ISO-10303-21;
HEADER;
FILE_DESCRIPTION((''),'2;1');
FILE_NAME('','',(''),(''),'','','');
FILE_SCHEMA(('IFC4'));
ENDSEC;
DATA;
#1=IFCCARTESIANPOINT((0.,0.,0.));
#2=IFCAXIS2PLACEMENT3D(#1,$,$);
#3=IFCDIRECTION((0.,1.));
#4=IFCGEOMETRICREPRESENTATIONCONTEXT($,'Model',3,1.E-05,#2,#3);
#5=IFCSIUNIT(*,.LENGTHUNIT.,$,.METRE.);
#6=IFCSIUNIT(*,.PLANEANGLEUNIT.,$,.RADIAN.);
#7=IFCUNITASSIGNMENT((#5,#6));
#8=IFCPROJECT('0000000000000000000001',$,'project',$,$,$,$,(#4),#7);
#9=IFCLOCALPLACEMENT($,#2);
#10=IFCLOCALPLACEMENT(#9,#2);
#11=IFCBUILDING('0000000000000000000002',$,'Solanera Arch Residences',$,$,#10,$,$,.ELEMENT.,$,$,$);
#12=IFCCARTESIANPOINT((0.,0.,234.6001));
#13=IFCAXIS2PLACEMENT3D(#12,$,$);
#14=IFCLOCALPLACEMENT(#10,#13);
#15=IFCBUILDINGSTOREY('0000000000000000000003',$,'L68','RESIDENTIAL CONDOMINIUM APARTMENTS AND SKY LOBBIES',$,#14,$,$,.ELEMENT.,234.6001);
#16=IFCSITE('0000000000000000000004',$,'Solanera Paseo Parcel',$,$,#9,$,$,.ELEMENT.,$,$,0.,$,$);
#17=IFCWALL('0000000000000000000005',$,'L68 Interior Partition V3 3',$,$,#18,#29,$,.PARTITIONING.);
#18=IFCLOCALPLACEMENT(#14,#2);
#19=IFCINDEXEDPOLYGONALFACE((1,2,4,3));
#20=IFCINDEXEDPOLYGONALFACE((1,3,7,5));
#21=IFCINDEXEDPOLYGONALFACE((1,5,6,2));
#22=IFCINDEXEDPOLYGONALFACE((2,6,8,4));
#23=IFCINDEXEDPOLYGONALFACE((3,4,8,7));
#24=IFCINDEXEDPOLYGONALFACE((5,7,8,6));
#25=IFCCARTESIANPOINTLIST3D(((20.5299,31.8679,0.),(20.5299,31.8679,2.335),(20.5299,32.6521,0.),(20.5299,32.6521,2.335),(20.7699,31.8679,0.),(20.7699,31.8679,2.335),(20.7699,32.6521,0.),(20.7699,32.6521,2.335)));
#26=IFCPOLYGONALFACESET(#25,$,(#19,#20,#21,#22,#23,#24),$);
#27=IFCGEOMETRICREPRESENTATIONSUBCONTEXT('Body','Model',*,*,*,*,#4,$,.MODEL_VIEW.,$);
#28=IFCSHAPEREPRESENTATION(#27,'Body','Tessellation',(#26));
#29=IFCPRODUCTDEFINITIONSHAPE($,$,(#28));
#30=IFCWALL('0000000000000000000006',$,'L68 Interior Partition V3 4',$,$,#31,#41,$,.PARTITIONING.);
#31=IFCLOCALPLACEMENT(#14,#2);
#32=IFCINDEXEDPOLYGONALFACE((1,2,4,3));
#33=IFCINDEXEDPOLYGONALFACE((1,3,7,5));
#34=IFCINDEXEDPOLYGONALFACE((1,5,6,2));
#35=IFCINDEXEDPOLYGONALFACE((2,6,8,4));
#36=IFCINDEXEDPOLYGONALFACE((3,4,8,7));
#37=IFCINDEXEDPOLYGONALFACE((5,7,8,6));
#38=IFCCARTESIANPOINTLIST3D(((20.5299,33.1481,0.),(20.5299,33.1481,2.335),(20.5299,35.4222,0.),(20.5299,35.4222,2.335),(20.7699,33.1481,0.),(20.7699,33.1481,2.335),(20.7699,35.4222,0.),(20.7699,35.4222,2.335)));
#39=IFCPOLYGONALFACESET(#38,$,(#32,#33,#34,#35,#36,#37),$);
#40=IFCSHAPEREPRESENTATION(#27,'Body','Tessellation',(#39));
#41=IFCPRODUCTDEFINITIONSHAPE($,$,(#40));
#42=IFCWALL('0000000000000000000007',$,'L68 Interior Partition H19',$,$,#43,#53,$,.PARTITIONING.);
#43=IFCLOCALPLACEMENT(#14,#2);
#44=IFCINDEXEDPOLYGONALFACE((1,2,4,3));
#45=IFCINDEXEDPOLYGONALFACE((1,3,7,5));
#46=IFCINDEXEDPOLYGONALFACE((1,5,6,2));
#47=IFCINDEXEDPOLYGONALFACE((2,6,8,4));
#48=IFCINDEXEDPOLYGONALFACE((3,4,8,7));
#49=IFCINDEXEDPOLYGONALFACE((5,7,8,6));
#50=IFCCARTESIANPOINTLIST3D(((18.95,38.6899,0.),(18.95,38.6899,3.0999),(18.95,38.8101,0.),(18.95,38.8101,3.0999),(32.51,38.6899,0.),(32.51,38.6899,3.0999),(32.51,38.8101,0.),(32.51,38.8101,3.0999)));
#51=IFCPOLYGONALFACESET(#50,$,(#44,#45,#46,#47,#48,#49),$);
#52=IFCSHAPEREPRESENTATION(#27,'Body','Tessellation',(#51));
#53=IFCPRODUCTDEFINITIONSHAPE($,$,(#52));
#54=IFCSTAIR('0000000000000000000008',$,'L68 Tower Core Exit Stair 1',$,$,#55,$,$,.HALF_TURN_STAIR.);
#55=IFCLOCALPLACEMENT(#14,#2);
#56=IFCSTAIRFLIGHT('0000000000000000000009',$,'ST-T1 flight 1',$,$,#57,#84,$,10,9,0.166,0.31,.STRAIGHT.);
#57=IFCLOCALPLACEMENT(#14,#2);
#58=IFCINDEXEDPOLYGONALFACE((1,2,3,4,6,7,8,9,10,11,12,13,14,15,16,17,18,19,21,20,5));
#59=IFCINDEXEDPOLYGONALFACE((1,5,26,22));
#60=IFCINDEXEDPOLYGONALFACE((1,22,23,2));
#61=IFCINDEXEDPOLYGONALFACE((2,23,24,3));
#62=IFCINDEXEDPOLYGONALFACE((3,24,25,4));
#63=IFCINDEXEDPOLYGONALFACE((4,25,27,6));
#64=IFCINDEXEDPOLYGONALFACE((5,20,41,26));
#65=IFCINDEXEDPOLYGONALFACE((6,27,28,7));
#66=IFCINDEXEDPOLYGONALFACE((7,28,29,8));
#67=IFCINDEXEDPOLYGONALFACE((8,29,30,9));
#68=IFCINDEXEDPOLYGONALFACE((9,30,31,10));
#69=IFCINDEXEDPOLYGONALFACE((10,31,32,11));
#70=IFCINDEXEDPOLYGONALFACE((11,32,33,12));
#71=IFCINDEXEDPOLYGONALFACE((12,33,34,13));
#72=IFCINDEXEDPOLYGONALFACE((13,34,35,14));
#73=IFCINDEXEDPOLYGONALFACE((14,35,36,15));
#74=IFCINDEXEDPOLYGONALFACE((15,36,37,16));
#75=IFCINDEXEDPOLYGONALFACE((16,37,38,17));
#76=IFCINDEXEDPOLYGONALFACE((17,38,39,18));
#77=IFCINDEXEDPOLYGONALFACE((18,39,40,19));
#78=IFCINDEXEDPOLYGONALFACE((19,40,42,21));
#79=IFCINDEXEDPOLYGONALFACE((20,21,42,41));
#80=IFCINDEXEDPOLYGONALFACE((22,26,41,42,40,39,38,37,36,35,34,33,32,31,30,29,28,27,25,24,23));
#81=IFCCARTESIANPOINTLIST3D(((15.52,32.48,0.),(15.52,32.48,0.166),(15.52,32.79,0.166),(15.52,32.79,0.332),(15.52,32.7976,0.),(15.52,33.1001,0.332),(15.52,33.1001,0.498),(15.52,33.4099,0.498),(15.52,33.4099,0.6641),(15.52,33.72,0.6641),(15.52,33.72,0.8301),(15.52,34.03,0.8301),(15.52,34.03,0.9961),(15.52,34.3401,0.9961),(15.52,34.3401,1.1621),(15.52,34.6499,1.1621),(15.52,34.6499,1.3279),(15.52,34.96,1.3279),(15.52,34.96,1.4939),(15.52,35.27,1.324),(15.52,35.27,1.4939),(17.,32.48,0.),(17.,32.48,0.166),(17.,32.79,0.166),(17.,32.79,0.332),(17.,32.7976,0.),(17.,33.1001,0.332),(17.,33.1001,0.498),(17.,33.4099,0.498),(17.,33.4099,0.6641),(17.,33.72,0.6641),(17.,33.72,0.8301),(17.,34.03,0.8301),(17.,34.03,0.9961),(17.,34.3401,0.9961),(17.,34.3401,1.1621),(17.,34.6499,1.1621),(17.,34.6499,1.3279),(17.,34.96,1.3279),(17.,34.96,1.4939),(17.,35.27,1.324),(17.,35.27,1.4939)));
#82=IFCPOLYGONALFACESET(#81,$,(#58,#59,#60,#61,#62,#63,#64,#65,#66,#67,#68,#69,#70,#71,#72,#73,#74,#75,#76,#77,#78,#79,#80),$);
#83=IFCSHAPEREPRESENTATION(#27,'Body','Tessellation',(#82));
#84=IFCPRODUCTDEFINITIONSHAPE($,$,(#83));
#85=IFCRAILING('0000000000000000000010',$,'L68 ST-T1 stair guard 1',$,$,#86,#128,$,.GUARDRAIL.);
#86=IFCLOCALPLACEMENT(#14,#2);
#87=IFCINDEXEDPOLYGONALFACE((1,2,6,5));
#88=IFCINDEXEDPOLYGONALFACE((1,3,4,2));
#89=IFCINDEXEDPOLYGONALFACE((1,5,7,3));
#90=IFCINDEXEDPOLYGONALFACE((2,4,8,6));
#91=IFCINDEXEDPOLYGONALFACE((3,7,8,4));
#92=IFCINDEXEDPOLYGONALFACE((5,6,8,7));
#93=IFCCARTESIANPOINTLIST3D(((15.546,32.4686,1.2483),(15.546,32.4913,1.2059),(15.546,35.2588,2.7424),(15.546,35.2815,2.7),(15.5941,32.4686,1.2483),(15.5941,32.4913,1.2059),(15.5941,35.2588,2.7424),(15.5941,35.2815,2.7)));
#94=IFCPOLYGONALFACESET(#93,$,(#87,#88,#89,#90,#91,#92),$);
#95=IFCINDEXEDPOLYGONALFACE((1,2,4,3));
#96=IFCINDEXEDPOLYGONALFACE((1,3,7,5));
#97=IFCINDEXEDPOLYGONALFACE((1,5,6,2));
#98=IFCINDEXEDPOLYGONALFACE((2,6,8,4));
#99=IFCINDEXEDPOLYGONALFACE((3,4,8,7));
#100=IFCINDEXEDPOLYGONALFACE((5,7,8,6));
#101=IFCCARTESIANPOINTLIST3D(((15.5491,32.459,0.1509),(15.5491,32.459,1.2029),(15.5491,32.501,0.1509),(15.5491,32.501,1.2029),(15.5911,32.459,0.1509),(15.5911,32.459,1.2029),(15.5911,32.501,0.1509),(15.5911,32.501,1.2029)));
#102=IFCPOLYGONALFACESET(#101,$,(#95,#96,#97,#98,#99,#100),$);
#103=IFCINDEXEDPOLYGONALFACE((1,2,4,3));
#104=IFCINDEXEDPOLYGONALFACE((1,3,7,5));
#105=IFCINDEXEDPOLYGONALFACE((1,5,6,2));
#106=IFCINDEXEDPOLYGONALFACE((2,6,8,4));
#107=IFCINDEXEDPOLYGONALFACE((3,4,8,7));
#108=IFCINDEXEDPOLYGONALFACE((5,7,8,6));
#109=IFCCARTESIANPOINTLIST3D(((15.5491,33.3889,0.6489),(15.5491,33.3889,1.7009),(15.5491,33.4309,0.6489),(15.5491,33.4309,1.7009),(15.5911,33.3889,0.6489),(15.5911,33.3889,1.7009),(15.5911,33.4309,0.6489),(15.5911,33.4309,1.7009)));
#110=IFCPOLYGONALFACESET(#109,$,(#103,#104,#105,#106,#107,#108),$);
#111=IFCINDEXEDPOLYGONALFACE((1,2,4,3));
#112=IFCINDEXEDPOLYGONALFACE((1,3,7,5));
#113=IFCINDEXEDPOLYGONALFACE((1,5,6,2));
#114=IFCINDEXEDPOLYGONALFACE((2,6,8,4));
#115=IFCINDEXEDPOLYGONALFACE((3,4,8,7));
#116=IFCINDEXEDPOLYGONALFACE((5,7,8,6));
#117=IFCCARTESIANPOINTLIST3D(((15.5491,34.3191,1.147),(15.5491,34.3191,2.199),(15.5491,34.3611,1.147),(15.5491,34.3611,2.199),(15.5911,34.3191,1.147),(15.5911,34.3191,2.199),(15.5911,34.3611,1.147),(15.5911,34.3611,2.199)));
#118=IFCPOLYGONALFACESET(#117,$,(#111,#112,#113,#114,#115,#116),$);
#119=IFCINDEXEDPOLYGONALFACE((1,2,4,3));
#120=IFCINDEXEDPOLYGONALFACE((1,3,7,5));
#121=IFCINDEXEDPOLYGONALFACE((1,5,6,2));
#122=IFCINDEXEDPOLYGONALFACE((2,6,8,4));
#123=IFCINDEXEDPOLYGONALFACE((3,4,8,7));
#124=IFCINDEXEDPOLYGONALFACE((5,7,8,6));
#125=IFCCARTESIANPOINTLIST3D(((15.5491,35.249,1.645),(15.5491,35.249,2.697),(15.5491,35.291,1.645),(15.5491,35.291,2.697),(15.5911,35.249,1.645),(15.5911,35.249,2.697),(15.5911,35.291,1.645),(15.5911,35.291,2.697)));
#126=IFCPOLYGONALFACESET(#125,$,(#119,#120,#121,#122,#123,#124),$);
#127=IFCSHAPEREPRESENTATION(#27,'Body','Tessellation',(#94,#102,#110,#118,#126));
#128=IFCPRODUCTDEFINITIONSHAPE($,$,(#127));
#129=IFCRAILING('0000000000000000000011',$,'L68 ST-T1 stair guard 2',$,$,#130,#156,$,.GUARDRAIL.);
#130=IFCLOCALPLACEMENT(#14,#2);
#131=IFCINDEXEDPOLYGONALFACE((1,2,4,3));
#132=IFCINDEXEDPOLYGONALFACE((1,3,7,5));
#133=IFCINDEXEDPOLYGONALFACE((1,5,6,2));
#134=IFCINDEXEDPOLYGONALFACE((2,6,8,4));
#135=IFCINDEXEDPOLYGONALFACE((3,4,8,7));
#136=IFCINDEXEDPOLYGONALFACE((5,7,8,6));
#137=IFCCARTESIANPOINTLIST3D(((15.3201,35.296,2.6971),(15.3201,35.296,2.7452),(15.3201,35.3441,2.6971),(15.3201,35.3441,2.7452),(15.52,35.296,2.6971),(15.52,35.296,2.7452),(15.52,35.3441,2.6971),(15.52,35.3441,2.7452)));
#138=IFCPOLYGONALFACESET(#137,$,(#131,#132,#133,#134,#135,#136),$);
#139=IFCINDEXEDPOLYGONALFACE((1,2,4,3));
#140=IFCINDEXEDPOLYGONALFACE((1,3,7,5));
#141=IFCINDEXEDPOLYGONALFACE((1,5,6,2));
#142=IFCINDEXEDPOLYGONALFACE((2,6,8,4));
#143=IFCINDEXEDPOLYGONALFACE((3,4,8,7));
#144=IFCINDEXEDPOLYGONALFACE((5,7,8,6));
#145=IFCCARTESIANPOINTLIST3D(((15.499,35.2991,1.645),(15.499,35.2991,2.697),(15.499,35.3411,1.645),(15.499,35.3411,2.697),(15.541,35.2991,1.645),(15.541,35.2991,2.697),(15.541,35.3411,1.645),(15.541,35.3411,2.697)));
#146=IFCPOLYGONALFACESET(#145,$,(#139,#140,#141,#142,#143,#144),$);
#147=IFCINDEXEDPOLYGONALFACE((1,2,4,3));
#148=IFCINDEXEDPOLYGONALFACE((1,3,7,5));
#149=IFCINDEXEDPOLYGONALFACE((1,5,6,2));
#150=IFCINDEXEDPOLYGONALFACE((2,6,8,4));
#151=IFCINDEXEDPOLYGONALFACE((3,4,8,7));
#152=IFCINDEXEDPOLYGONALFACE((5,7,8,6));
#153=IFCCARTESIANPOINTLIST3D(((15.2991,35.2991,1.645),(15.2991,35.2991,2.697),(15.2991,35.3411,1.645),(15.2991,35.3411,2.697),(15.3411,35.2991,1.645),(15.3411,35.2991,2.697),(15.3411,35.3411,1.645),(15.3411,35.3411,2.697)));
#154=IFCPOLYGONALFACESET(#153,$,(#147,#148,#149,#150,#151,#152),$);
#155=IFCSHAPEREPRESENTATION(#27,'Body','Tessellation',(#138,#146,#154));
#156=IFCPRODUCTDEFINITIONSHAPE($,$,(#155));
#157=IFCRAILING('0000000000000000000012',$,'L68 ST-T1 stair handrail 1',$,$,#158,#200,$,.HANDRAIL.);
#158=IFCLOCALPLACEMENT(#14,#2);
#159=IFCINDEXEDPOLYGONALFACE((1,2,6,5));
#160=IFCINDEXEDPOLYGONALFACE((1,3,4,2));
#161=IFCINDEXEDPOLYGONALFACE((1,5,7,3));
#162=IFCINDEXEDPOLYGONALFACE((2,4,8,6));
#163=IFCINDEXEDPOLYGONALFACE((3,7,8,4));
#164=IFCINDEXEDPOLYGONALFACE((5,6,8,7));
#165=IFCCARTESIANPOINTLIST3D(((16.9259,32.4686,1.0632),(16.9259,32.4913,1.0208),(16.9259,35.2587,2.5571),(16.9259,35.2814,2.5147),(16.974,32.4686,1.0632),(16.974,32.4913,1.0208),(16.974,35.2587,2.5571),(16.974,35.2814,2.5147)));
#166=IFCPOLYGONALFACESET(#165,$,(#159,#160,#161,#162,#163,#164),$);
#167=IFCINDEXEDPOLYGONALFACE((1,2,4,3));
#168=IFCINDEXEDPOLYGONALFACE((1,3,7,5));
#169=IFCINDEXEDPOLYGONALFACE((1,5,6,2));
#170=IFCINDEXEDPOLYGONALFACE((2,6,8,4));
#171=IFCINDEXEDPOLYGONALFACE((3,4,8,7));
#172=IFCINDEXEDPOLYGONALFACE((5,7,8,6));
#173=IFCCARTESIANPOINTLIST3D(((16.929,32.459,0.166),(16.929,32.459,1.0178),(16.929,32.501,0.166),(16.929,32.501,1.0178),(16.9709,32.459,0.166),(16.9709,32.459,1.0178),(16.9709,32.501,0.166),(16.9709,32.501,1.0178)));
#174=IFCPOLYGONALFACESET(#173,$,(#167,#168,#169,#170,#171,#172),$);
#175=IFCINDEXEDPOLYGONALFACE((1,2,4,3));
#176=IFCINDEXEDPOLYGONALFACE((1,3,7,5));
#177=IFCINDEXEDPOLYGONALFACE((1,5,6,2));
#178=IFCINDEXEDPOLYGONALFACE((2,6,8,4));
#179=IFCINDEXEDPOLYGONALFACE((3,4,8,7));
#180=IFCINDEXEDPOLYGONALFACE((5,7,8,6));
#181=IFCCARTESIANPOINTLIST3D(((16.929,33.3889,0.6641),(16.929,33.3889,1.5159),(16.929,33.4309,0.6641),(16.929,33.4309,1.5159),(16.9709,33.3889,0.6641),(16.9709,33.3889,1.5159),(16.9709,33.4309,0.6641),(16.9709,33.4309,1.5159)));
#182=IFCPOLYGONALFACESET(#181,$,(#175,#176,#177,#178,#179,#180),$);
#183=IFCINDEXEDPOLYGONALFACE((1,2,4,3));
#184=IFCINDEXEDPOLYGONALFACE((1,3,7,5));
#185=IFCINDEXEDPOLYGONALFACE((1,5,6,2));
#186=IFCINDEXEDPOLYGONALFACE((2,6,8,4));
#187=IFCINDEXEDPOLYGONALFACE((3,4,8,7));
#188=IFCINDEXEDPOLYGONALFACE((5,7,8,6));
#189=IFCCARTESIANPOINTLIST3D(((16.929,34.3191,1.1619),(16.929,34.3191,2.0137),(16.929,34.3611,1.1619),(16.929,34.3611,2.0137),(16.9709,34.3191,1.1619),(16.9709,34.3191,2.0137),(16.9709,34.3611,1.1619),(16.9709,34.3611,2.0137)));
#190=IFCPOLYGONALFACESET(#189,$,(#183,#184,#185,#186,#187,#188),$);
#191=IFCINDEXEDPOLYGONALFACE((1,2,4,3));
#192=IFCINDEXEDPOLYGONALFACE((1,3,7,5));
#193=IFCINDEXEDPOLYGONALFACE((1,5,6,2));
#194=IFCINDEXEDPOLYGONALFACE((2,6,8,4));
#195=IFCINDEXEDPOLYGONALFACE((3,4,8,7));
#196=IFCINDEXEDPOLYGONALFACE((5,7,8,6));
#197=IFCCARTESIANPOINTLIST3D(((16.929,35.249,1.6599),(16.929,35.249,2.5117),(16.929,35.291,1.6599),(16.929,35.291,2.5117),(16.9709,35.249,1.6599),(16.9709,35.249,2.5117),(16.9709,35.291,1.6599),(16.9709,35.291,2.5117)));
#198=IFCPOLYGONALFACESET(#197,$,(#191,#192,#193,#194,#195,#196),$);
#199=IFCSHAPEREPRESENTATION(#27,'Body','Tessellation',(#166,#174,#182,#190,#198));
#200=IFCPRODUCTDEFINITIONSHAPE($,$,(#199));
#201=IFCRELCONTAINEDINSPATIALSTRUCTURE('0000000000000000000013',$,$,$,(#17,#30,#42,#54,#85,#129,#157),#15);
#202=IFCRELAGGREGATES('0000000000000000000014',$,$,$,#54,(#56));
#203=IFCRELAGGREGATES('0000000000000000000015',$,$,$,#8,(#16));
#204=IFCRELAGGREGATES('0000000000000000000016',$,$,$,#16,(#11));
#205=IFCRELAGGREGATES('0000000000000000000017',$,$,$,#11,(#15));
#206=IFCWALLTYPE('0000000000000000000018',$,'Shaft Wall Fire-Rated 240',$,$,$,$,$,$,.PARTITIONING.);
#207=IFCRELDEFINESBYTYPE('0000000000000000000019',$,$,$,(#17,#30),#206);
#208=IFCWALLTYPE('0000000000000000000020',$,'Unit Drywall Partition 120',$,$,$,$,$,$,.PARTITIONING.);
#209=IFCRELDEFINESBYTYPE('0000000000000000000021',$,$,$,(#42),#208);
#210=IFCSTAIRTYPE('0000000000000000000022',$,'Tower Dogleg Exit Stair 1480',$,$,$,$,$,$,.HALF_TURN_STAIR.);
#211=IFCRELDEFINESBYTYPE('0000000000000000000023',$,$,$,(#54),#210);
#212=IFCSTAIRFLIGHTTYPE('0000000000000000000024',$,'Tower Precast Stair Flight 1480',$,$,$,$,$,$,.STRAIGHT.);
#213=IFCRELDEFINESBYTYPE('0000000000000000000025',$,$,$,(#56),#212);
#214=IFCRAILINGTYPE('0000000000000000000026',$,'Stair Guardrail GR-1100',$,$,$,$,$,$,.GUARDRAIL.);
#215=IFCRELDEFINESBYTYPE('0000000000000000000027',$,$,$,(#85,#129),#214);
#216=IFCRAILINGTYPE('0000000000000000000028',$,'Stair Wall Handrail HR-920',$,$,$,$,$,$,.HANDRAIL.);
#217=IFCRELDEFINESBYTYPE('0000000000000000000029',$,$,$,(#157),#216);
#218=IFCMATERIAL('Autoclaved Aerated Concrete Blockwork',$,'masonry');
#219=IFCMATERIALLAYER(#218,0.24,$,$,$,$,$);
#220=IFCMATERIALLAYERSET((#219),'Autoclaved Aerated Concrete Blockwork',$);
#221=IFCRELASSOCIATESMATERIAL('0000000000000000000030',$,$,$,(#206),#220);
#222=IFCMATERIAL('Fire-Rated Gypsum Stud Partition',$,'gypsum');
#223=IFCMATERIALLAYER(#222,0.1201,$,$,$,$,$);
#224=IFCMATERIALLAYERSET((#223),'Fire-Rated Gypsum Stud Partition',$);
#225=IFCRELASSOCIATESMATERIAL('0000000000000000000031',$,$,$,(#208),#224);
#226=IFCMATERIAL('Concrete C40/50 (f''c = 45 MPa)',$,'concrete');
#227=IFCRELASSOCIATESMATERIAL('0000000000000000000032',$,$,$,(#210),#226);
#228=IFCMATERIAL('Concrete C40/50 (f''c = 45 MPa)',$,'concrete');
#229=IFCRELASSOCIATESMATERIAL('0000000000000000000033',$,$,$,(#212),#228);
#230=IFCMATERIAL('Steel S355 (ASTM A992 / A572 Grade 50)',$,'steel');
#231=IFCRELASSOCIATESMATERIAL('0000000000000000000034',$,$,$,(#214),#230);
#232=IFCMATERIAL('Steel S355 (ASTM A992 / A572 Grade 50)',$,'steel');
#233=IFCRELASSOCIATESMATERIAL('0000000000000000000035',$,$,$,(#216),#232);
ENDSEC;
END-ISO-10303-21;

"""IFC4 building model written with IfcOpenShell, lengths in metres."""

from ifc_helpers import new_model, si_unit, direction, frame, frame_2d, origin, origin_2d, place, context, subcontext, project, spatial, polyline, rectangle, outline, extrude, material, layer, layer_set, type_object, element, aggregate, save


model = new_model("IFC4")

# Units and contexts
model_context = context("Model", 3, precision=1e-05, world=origin(), true_north=direction((0.0, 1.0)))
body_context = subcontext(model_context, "Body", "Model", "MODEL_VIEW")
ifc_project = project(units=[si_unit("LENGTHUNIT", "METRE"), si_unit("PLANEANGLEUNIT", "RADIAN")], contexts=[model_context])

# Site, building, storey
site_placement = place(None, origin())
site = spatial("IfcSite", under=ifc_project, at=site_placement, Name="Solanera Paseo Parcel", CompositionType="ELEMENT", RefElevation=0.0)
building_placement = place(site_placement, origin())
building = spatial("IfcBuilding", under=site, at=building_placement, Name="Solanera Arch Residences", CompositionType="ELEMENT")
storey_placement = place(building_placement, frame((0.0, 0.0, 234.6001)))
storey = spatial("IfcBuildingStorey", under=building, at=storey_placement, Name="L68", Description="RESIDENTIAL CONDOMINIUM APARTMENTS AND SKY LOBBIES", CompositionType="ELEMENT", Elevation=234.6001)

# Shared definitions
ifc_material_1 = material(Name="Autoclaved Aerated Concrete Blockwork", Category="masonry")
ifc_layer_1 = layer(ifc_material_1, 0.24)
ifc_layer_set_1 = layer_set([ifc_layer_1], Name="Autoclaved Aerated Concrete Blockwork")
wall_type_1 = type_object("IfcWallType", Name="Shaft Wall Fire-Rated 240", PredefinedType="PARTITIONING", material=ifc_layer_set_1)

# Walls
wall_1_placement = place(storey_placement, frame((20.6499, 31.8679, 0.0), z_axis=(0.0, 0.0, 1.0), x_axis=(0.0, 1.0, 0.0)))
element("IfcWall", 1, at=wall_1_placement, inside=storey, type_object=wall_type_1, Name="L68 Interior Partition V3 3", PredefinedType="PARTITIONING", context=body_context, shape_type="SweptSolid", body=[
    extrude(rectangle(XDim=0.7842, YDim=0.24, at=frame_2d((0.3921, 0.0))), origin(), (0.0, 0.0, 1.0), 2.335),
])
wall_2_placement = place(storey_placement, frame((20.6499, 33.1479, 0.0), z_axis=(0.0, 0.0, 1.0), x_axis=(0.0, 1.0, 0.0)))
element("IfcWall", 2, at=wall_2_placement, inside=storey, type_object=wall_type_1, Name="L68 Interior Partition V3 4", PredefinedType="PARTITIONING", context=body_context, shape_type="SweptSolid", body=[
    extrude(rectangle(XDim=2.2742, YDim=0.24, at=frame_2d((1.1372, 0.0))), origin(), (0.0, 0.0, 1.0), 2.335),
])
ifc_material_2 = material(Name="Fire-Rated Gypsum Stud Partition", Category="gypsum")
ifc_layer_2 = layer(ifc_material_2, 0.1201)
ifc_layer_set_2 = layer_set([ifc_layer_2], Name="Fire-Rated Gypsum Stud Partition")
wall_type_2 = type_object("IfcWallType", Name="Unit Drywall Partition 120", PredefinedType="PARTITIONING", material=ifc_layer_set_2)
wall_3_placement = place(storey_placement, frame((18.95, 38.75, 0.0), z_axis=(0.0, 0.0, 1.0), x_axis=(1.0, 0.0, 0.0)))
element("IfcWall", 3, at=wall_3_placement, inside=storey, type_object=wall_type_2, Name="L68 Interior Partition H19", PredefinedType="PARTITIONING", context=body_context, shape_type="SweptSolid", body=[
    extrude(rectangle(XDim=13.5601, YDim=0.1201, at=frame_2d((6.78, 0.0))), origin(), (0.0, 0.0, 1.0), 3.0999),
])

# Stair, stair flight
ifc_material_3 = material(Name="Concrete C40/50 (f'c = 45 MPa)", Category="concrete")
stair_type = type_object("IfcStairType", Name="Tower Dogleg Exit Stair 1480", PredefinedType="HALF_TURN_STAIR", material=ifc_material_3)
stair_placement = place(storey_placement, origin())
stair = element("IfcStair", 4, at=stair_placement, inside=storey, type_object=stair_type, Name="L68 Tower Core Exit Stair 1", PredefinedType="HALF_TURN_STAIR")
ifc_material_4 = material(Name="Concrete C40/50 (f'c = 45 MPa)", Category="concrete")
stair_flight_type = type_object("IfcStairFlightType", Name="Tower Precast Stair Flight 1480", PredefinedType="STRAIGHT", material=ifc_material_4)
stair_flight_placement = place(storey_placement, frame((16.26, 32.48, 0.0), z_axis=(0.0, 0.0, 1.0), x_axis=(0.0, 1.0, 0.0)))
stair_flight = element("IfcStairFlight", 5, at=stair_flight_placement, type_object=stair_flight_type, Name="ST-T1 flight 1", NumberOfRisers=10, NumberOfTreads=9, PredefinedType="STRAIGHT", RiserHeight=0.166, TreadLength=0.31, context=body_context, shape_type="SweptSolid", body=[
    extrude(outline(polyline([(0.0, 0.0), (0.0, 0.166), (0.3101, 0.166), (0.3101, 0.332), (0.6201, 0.332), (0.6201, 0.498), (0.9299, 0.498), (0.9299, 0.6641), (1.24, 0.6641), (1.24, 0.8301), (1.55, 0.8301), (1.55, 0.9961), (1.8601, 0.9961), (1.8601, 1.1621), (2.1699, 1.1621), (2.1699, 1.3279), (2.48, 1.3279), (2.48, 1.4939), (2.79, 1.4939), (2.79, 1.6599), (2.79, 1.324), (0.3176, 0.0), (0.0, 0.0)])), frame((0.0, 0.74, 0.0), z_axis=(0.0, -1.0, 0.0), x_axis=(1.0, 0.0, 0.0)), (0.0, 0.0, 1.0), 1.48),
])
aggregate(stair, [stair_flight])

# Railings
ifc_material_5 = material(Name="Steel S355 (ASTM A992 / A572 Grade 50)", Category="steel")
railing_type_1 = type_object("IfcRailingType", Name="Stair Guardrail GR-1100", PredefinedType="GUARDRAIL", material=ifc_material_5)
railing_1_placement = place(storey_placement, frame((15.5701, 32.48, 0.1509)))
element("IfcRailing", 6, at=railing_1_placement, inside=storey, type_object=railing_type_1, Name="L68 ST-T1 stair guard 1", PredefinedType="GUARDRAIL", context=body_context, shape_type="SweptSolid", body=[
    extrude(rectangle(XDim=0.0481, YDim=0.0481, at=origin_2d()), frame((0.0, 0.0, 1.0762), z_axis=(0.0, 0.881549, 0.472093), x_axis=(-1.0, 0.0, 0.0)), (0.0, 0.0, 1.0), 3.165),
    extrude(rectangle(XDim=0.042, YDim=0.042, at=origin_2d()), origin(), (0.0, 0.0, 1.0), 1.052),
    extrude(rectangle(XDim=0.042, YDim=0.042, at=origin_2d()), frame((0.0, 0.9299, 0.498)), (0.0, 0.0, 1.0), 1.052),
    extrude(rectangle(XDim=0.042, YDim=0.042, at=origin_2d()), frame((0.0, 1.8601, 0.9961)), (0.0, 0.0, 1.0), 1.052),
    extrude(rectangle(XDim=0.042, YDim=0.042, at=origin_2d()), frame((0.0, 2.79, 1.4941)), (0.0, 0.0, 1.0), 1.052),
])
railing_2_placement = place(storey_placement, frame((15.52, 35.3201, 1.645)))
element("IfcRailing", 7, at=railing_2_placement, inside=storey, type_object=railing_type_1, Name="L68 ST-T1 stair guard 2", PredefinedType="GUARDRAIL", context=body_context, shape_type="SweptSolid", body=[
    extrude(rectangle(XDim=0.0481, YDim=0.0481, at=origin_2d()), frame((0.0, 0.0, 1.0762), z_axis=(-1.0, 0.0, 0.0), x_axis=(0.0, -1.0, 0.0)), (0.0, 0.0, 1.0), 0.2),
    extrude(rectangle(XDim=0.042, YDim=0.042, at=origin_2d()), origin(), (0.0, 0.0, 1.0), 1.052),
    extrude(rectangle(XDim=0.042, YDim=0.042, at=origin_2d()), frame((-0.2, 0.0, 0.0)), (0.0, 0.0, 1.0), 1.052),
])
ifc_material_6 = material(Name="Steel S355 (ASTM A992 / A572 Grade 50)", Category="steel")
railing_type_2 = type_object("IfcRailingType", Name="Stair Wall Handrail HR-920", PredefinedType="HANDRAIL", material=ifc_material_6)
railing_3_placement = place(storey_placement, frame((16.95, 32.48, 0.166)))
element("IfcRailing", 8, at=railing_3_placement, inside=storey, type_object=railing_type_2, Name="L68 ST-T1 stair handrail 1", PredefinedType="HANDRAIL", context=body_context, shape_type="SweptSolid", body=[
    extrude(rectangle(XDim=0.0481, YDim=0.0481, at=origin_2d()), frame((0.0, 0.0, 0.876), z_axis=(0.0, 0.881581, 0.472033), x_axis=(-1.0, 0.0, 0.0)), (0.0, 0.0, 1.0), 3.1648),
    extrude(rectangle(XDim=0.042, YDim=0.042, at=origin_2d()), origin(), (0.0, 0.0, 1.0), 0.8518),
    extrude(rectangle(XDim=0.042, YDim=0.042, at=origin_2d()), frame((0.0, 0.9299, 0.498)), (0.0, 0.0, 1.0), 0.8518),
    extrude(rectangle(XDim=0.042, YDim=0.042, at=origin_2d()), frame((0.0, 1.8601, 0.9958)), (0.0, 0.0, 1.0), 0.8518),
    extrude(rectangle(XDim=0.042, YDim=0.042, at=origin_2d()), frame((0.0, 2.79, 1.4939)), (0.0, 0.0, 1.0), 0.8518),
])

save(model, "model.ifc")
